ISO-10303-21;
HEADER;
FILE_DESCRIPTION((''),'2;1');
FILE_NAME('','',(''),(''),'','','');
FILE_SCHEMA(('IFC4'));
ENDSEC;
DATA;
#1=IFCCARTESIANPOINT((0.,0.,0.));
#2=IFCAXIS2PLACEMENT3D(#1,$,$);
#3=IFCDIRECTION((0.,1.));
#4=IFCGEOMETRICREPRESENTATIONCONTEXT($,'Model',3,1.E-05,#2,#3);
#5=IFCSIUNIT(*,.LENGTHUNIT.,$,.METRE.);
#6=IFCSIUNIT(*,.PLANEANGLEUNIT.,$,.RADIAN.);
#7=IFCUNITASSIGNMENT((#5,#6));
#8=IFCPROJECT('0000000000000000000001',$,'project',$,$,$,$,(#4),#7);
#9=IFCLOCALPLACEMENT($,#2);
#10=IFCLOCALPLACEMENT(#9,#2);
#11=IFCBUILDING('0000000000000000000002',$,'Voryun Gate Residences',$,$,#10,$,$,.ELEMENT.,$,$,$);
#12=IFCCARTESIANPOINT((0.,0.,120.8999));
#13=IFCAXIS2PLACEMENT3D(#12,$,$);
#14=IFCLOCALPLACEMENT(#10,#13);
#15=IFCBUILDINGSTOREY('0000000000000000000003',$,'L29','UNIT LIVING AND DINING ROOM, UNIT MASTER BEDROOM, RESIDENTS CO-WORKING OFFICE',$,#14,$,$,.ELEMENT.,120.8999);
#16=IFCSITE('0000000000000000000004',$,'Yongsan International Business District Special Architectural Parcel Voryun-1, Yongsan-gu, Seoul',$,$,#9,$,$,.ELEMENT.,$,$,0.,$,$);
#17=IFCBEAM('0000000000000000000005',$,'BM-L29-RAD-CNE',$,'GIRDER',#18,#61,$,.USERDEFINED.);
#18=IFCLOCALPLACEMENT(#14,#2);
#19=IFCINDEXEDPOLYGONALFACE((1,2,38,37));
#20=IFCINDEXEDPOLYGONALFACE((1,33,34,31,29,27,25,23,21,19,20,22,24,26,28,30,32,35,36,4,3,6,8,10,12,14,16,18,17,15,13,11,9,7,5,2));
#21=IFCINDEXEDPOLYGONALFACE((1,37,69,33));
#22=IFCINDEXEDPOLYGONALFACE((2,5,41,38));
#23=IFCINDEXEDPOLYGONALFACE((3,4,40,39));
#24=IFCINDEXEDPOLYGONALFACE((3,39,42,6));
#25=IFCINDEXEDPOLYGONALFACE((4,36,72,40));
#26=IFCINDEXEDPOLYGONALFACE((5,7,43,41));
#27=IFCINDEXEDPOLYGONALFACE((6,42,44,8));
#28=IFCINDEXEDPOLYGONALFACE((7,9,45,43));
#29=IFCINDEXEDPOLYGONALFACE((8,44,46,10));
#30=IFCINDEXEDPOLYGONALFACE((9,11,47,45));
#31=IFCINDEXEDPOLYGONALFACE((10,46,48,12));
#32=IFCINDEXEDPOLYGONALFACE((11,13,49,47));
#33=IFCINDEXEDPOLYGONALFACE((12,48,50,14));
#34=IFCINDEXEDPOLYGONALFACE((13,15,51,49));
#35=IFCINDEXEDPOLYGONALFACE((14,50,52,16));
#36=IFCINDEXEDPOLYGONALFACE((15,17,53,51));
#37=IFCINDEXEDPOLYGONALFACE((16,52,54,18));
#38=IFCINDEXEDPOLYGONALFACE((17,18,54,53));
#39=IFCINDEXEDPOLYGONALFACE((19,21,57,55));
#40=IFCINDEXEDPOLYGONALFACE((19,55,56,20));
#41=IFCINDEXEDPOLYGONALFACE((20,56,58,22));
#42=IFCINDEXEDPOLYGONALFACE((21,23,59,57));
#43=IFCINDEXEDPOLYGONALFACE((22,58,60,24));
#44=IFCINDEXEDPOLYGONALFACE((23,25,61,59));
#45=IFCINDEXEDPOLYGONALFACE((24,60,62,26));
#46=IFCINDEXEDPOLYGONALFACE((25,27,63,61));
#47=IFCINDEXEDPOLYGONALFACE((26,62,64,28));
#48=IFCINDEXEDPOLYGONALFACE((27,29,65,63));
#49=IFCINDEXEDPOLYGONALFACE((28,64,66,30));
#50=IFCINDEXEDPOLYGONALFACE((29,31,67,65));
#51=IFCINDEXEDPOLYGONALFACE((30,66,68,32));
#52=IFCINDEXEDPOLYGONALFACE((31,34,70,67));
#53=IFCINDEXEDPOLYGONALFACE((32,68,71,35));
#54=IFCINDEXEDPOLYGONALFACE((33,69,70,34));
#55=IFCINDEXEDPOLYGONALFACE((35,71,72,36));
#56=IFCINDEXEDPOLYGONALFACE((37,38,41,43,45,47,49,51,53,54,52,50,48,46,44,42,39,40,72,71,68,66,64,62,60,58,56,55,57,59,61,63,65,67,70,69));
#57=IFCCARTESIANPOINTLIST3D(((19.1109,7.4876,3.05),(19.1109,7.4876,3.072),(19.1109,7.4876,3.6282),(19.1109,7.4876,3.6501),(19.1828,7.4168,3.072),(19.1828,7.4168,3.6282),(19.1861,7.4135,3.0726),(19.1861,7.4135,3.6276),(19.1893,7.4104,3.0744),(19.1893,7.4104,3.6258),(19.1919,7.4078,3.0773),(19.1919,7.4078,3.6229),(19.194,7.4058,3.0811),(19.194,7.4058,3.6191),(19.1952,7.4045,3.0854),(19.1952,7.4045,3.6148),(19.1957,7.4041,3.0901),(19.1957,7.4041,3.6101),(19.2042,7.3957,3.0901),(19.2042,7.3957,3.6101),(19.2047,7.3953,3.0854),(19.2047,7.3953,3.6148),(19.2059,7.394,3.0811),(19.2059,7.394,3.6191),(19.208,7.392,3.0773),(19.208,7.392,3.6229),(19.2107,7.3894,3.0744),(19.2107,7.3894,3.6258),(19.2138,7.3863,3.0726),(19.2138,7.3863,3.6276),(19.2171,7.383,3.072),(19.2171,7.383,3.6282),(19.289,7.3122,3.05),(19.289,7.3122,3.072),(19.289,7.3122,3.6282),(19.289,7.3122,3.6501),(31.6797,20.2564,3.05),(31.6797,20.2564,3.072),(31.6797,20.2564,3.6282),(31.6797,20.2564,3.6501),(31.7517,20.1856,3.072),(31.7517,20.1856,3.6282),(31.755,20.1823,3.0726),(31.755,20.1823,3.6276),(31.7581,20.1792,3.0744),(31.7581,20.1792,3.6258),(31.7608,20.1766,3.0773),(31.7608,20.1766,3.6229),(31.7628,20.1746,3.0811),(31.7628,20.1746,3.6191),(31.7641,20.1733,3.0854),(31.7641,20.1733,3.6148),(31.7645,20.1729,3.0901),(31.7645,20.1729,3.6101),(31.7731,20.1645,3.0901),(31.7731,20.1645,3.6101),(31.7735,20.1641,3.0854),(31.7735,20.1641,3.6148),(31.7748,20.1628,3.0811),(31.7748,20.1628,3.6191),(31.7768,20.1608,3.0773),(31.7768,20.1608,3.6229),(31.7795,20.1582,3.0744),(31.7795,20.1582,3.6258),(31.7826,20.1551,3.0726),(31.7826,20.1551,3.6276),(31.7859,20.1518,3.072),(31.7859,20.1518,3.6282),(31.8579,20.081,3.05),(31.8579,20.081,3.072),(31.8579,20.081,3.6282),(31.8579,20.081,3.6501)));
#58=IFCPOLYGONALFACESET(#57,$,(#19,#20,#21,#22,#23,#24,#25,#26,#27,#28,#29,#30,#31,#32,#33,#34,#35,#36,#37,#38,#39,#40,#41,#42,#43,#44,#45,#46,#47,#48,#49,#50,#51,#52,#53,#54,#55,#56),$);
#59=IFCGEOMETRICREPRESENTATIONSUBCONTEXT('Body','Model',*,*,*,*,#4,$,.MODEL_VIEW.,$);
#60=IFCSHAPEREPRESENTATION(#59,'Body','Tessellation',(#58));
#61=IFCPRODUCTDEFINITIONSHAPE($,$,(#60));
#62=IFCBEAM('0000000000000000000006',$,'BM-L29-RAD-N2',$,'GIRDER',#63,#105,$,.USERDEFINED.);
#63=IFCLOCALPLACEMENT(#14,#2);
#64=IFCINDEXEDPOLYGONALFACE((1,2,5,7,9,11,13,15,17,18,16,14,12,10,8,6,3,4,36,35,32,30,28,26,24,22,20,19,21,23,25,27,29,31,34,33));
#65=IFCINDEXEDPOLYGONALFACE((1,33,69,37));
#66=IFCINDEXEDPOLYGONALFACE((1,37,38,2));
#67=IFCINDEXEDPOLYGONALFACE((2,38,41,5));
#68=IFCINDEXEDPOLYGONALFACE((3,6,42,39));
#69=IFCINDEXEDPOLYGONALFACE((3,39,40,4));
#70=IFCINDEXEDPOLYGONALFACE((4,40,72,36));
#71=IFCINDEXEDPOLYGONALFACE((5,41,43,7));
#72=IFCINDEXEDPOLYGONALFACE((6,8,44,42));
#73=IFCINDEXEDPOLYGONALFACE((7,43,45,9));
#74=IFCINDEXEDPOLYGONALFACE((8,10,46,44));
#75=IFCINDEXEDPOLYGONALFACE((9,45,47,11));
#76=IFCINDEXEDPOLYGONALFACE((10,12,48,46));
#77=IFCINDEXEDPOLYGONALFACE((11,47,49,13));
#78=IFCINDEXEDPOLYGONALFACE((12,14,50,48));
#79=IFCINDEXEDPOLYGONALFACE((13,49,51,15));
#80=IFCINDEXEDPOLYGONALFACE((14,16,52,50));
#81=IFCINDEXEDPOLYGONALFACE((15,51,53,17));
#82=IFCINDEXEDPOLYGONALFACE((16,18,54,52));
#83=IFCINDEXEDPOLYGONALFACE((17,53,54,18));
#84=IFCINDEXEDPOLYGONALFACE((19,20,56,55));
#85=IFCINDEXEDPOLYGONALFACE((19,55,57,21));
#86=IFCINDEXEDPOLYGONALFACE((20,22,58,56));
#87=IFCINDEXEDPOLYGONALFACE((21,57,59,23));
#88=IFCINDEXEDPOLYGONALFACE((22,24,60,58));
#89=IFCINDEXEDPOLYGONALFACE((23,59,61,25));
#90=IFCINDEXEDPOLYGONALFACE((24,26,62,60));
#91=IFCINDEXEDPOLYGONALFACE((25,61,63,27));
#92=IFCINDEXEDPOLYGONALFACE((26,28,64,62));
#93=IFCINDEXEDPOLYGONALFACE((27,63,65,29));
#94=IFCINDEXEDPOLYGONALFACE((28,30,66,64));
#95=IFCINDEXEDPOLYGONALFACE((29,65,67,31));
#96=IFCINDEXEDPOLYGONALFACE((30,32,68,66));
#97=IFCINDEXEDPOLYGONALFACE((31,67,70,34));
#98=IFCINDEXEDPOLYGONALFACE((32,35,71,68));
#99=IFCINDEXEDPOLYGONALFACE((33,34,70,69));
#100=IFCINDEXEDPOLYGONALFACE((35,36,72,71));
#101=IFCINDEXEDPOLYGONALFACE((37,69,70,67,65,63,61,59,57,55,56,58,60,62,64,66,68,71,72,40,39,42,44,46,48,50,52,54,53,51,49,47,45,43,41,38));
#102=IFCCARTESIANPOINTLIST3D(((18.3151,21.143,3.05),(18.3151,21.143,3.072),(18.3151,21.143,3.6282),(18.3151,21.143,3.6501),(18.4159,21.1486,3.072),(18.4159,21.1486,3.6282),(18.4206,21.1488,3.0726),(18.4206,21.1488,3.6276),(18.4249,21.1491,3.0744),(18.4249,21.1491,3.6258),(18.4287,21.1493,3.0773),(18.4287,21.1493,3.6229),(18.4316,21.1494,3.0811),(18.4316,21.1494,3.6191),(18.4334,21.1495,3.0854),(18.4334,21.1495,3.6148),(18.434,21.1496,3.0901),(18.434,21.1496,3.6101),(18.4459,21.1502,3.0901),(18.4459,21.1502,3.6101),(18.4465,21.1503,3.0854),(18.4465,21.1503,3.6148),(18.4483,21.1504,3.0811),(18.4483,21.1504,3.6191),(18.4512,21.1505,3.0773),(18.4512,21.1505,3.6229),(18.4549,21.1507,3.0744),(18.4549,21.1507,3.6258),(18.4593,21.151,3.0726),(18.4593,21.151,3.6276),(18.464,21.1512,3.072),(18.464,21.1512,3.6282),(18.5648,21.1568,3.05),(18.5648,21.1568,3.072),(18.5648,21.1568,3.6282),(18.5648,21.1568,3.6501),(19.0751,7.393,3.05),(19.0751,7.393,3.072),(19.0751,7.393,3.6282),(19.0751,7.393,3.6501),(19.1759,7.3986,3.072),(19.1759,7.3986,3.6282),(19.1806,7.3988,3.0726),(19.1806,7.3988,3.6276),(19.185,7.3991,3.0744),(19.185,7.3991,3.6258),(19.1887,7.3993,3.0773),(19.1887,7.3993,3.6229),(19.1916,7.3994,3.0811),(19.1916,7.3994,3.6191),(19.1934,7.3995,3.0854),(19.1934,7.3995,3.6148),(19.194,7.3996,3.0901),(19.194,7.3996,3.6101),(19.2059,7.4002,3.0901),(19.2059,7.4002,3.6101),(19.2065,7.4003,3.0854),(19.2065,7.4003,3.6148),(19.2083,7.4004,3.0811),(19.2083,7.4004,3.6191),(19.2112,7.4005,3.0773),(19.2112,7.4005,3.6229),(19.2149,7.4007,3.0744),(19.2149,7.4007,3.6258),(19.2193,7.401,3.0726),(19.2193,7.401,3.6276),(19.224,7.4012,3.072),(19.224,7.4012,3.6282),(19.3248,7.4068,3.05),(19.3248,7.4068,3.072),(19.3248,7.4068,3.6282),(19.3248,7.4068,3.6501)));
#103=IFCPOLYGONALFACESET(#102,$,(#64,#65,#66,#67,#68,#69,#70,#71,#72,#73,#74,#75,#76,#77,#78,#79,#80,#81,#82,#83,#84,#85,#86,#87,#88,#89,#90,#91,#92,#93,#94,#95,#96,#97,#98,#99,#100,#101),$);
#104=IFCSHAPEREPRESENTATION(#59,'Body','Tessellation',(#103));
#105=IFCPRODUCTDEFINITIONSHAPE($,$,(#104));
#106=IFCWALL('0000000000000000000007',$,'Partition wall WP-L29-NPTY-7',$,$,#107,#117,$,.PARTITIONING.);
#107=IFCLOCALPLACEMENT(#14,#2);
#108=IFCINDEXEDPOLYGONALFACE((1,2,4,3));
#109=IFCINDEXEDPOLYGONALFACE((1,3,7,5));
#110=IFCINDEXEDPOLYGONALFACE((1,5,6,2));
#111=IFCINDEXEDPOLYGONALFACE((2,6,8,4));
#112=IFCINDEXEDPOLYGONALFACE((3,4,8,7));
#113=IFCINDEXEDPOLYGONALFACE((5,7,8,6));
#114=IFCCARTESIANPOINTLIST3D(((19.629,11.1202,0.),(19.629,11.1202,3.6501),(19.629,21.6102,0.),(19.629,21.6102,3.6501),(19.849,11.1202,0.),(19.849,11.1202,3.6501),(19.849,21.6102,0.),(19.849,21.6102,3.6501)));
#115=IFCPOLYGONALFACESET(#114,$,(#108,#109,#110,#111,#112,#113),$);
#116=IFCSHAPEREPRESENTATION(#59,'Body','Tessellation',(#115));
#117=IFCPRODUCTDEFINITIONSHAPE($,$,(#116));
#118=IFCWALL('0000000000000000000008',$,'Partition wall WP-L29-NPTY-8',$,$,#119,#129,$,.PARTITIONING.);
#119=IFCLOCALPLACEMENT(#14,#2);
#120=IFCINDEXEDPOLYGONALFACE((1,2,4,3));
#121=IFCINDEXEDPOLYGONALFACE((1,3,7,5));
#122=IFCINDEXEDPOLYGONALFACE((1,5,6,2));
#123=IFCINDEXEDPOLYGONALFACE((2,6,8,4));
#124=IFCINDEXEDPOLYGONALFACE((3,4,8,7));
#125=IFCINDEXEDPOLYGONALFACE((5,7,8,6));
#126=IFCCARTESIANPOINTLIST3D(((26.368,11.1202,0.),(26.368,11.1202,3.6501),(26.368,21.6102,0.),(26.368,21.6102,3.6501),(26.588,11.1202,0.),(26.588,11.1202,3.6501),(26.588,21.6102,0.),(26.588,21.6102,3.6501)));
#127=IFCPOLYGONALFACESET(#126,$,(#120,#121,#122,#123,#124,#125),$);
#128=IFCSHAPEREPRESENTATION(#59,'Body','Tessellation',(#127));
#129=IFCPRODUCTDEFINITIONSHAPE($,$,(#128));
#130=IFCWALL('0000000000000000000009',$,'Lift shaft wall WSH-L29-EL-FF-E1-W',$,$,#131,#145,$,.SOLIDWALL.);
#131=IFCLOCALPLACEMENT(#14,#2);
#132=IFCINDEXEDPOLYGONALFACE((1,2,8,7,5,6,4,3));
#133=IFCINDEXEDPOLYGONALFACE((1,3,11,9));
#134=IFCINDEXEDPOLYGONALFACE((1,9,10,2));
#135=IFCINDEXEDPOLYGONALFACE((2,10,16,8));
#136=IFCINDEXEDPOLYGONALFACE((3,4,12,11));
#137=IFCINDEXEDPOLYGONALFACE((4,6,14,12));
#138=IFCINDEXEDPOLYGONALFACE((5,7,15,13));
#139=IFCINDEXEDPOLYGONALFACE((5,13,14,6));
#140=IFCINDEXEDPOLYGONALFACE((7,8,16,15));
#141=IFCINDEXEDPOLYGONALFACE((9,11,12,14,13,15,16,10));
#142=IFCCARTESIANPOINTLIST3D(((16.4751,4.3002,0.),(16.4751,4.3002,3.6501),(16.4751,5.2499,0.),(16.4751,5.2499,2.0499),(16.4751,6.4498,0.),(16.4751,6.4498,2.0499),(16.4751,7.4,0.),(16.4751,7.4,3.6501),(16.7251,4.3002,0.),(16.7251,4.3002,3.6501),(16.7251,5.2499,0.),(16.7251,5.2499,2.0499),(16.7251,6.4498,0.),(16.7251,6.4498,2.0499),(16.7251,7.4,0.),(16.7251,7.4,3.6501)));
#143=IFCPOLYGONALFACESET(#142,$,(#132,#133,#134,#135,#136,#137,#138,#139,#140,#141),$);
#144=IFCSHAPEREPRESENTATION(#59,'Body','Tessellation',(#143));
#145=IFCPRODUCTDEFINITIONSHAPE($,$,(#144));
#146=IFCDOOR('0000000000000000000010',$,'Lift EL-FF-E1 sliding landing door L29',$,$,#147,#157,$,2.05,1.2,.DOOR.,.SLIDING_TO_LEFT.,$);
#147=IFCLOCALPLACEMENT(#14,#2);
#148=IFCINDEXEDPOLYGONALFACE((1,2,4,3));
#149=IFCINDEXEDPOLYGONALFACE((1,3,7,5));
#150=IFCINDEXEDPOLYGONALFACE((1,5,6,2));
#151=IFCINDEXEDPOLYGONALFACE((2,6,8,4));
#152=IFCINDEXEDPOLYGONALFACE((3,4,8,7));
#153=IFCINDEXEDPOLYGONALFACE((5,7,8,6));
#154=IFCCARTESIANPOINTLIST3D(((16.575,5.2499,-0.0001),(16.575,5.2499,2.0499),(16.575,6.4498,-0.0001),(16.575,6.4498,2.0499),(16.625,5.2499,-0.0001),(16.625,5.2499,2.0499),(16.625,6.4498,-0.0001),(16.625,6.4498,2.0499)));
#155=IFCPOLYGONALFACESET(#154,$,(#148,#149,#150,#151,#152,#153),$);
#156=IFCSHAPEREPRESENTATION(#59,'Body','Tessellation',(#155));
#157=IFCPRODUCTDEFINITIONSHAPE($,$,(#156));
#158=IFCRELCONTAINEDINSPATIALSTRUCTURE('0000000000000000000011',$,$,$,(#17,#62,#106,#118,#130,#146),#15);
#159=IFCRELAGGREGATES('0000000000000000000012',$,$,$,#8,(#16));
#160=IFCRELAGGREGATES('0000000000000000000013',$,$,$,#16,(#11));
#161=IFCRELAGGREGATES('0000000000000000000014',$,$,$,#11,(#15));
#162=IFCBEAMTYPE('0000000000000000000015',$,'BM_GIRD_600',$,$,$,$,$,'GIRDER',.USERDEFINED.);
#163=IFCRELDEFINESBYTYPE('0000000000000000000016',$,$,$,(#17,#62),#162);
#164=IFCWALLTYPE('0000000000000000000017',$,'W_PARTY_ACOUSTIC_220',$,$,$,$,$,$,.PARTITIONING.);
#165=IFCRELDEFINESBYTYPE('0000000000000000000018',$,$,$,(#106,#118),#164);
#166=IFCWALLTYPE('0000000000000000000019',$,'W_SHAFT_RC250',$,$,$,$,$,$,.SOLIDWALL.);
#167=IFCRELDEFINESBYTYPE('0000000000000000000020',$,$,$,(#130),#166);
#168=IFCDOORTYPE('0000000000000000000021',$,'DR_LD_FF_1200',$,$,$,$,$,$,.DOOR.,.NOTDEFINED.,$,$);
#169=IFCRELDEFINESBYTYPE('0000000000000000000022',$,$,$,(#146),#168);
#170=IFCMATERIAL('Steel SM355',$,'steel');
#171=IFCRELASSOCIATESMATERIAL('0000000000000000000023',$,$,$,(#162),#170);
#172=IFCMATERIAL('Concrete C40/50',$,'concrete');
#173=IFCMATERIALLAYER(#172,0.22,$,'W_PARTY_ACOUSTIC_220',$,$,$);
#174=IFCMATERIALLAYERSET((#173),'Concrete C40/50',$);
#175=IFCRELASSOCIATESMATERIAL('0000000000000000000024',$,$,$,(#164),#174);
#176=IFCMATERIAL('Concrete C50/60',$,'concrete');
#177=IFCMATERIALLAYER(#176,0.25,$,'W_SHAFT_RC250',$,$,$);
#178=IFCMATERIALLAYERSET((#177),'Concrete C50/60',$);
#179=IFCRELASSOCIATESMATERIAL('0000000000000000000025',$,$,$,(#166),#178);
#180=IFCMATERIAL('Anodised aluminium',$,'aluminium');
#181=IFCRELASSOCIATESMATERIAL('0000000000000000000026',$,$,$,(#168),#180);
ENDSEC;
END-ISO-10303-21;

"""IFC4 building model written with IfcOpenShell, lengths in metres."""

from ifc_helpers import new_model, si_unit, direction, frame, frame_2d, origin, origin_2d, place, context, subcontext, project, spatial, rectangle, i_section, extrude, material, layer, layer_set, material_profile, profile_set, type_object, element, fill, save


model = new_model("IFC4")

# Units and contexts
model_context = context("Model", 3, precision=1e-05, world=origin(), true_north=direction((0.0, 1.0)))
body_context = subcontext(model_context, "Body", "Model", "MODEL_VIEW")
ifc_project = project(units=[si_unit("LENGTHUNIT", "METRE"), si_unit("PLANEANGLEUNIT", "RADIAN")], contexts=[model_context])

# Site, building, storey
site_placement = place(None, origin())
site = spatial("IfcSite", under=ifc_project, at=site_placement, Name="Yongsan International Business District Special Architectural Parcel Voryun-1, Yongsan-gu, Seoul", CompositionType="ELEMENT", RefElevation=0.0)
building_placement = place(site_placement, origin())
building = spatial("IfcBuilding", under=site, at=building_placement, Name="Voryun Gate Residences", CompositionType="ELEMENT")
storey_placement = place(building_placement, frame((0.0, 0.0, 120.8999)))
storey = spatial("IfcBuildingStorey", under=building, at=storey_placement, Name="L29", Description="UNIT LIVING AND DINING ROOM, UNIT MASTER BEDROOM, RESIDENTS CO-WORKING OFFICE", CompositionType="ELEMENT", Elevation=120.8999)

# Beams
ifc_material_1 = material(Name="Steel SM355", Category="steel")
ifc_material_profile_1 = material_profile(ifc_material_1, i_section(OverallWidth=0.25, OverallDepth=0.6001, WebThickness=0.012, FlangeThickness=0.022, FilletRadius=0.0181, at=origin_2d()), Name="H-600x250x12x22")
ifc_profile_set_1 = profile_set([ifc_material_profile_1], Name="Steel SM355")
beam_type_1 = type_object("IfcBeamType", Name="BM_GIRD_600", ElementType="GIRDER", PredefinedType="USERDEFINED", material=ifc_profile_set_1)
beam_1_placement = place(storey_placement, frame((19.2, 7.3999, 3.3501), z_axis=(0.701505, 0.712665, 0.0), x_axis=(-0.712665, 0.701505, 0.0)))
element("IfcBeam", 1, at=beam_1_placement, inside=storey, type_object=beam_type_1, Name="BM-L29-RAD-CNE", ObjectType="GIRDER", PredefinedType="USERDEFINED", context=body_context, shape_type="SweptSolid", body=[
    extrude(i_section(OverallWidth=0.25, OverallDepth=0.6001, WebThickness=0.012, FlangeThickness=0.022, FilletRadius=0.0181, at=origin_2d()), origin(), (0.0, 0.0, 1.0), 17.917),
])
beam_2_placement = place(storey_placement, frame((19.2, 7.3999, 3.3501), z_axis=(-0.055189, 0.998476, 0.0), x_axis=(-0.998476, -0.055189, 0.0)))
element("IfcBeam", 2, at=beam_2_placement, inside=storey, type_object=beam_type_1, Name="BM-L29-RAD-N2", ObjectType="GIRDER", PredefinedType="USERDEFINED", context=body_context, shape_type="SweptSolid", body=[
    extrude(i_section(OverallWidth=0.25, OverallDepth=0.6001, WebThickness=0.012, FlangeThickness=0.022, FilletRadius=0.0181, at=origin_2d()), origin(), (0.0, 0.0, 1.0), 13.771),
])

# Walls
ifc_material_2 = material(Name="Concrete C40/50", Category="concrete")
ifc_layer_1 = layer(ifc_material_2, 0.22, Name="W_PARTY_ACOUSTIC_220")
ifc_layer_set_1 = layer_set([ifc_layer_1], Name="Concrete C40/50")
wall_type_1 = type_object("IfcWallType", Name="W_PARTY_ACOUSTIC_220", PredefinedType="PARTITIONING", material=ifc_layer_set_1)
for number, where, z_axis, x_axis, name in (
    (3, (19.739, 11.1201, 0.0), (0.0, 0.0, 1.0), (0.0, 1.0, 0.0), "Partition wall WP-L29-NPTY-7"),
    (4, (26.478, 11.1201, 0.0), (0.0, 0.0, 1.0), (0.0, 1.0, 0.0), "Partition wall WP-L29-NPTY-8"),
):
    element("IfcWall", number, at=place(storey_placement, frame(where, z_axis=z_axis, x_axis=x_axis)), inside=storey, type_object=wall_type_1, Name=name, PredefinedType="PARTITIONING", context=body_context, shape_type="SweptSolid", body=[
        extrude(rectangle(XDim=10.49, YDim=0.22, at=frame_2d((5.2451, 0.0))), origin(), (0.0, 0.0, 1.0), 3.6501),
    ])

# Wall, opening, door
ifc_material_3 = material(Name="Concrete C50/60", Category="concrete")
ifc_layer_2 = layer(ifc_material_3, 0.25, Name="W_SHAFT_RC250")
ifc_layer_set_2 = layer_set([ifc_layer_2], Name="Concrete C50/60")
wall_type_2 = type_object("IfcWallType", Name="W_SHAFT_RC250", PredefinedType="SOLIDWALL", material=ifc_layer_set_2)
wall_1_placement = place(storey_placement, frame((16.6001, 7.3999, 0.0), z_axis=(0.0, 0.0, 1.0), x_axis=(0.0, -1.0, 0.0)))
wall_1 = element("IfcWall", 5, at=wall_1_placement, inside=storey, type_object=wall_type_2, Name="Lift shaft wall WSH-L29-EL-FF-E1-W", PredefinedType="SOLIDWALL", context=body_context, shape_type="SweptSolid", body=[
    extrude(rectangle(XDim=3.0999, YDim=0.25, at=frame_2d((1.5498, 0.0))), origin(), (0.0, 0.0, 1.0), 3.6501),
])
opening_1_placement = place(wall_1_placement, frame((0.95, 0.0, 0.0)))
opening_1 = element("IfcOpeningElement", 6, at=opening_1_placement, cuts=wall_1, PredefinedType="OPENING", context=body_context, shape_type="SweptSolid", body=[
    extrude(rectangle(XDim=1.2, YDim=2.05, at=frame_2d((0.6001, 1.0249))), frame((0.0, 0.135, 0.0), z_axis=(0.0, -1.0, 0.0), x_axis=(1.0, 0.0, 0.0)), (0.0, 0.0, 1.0), 0.27),
])
ifc_material_4 = material(Name="Anodised aluminium", Category="aluminium")
door_type_1 = type_object("IfcDoorType", Name="DR_LD_FF_1200", OperationType="NOTDEFINED", PredefinedType="DOOR", material=ifc_material_4)
door_1_placement = place(opening_1_placement, origin())
door_1 = element("IfcDoor", 7, at=door_1_placement, inside=storey, type_object=door_type_1, Name="Lift EL-FF-E1 sliding landing door L29", OperationType="SLIDING_TO_LEFT", OverallHeight=2.05, OverallWidth=1.2, PredefinedType="DOOR", context=body_context, shape_type="SweptSolid", body=[
    extrude(rectangle(XDim=1.2, YDim=2.05, at=frame_2d((0.6001, 1.0249))), frame((0.0, 0.0249, 0.0), z_axis=(0.0, -1.0, 0.0), x_axis=(1.0, 0.0, 0.0)), (0.0, 0.0, 1.0), 0.05),
])
fill(opening_1, door_1)

save(model, "model.ifc")
